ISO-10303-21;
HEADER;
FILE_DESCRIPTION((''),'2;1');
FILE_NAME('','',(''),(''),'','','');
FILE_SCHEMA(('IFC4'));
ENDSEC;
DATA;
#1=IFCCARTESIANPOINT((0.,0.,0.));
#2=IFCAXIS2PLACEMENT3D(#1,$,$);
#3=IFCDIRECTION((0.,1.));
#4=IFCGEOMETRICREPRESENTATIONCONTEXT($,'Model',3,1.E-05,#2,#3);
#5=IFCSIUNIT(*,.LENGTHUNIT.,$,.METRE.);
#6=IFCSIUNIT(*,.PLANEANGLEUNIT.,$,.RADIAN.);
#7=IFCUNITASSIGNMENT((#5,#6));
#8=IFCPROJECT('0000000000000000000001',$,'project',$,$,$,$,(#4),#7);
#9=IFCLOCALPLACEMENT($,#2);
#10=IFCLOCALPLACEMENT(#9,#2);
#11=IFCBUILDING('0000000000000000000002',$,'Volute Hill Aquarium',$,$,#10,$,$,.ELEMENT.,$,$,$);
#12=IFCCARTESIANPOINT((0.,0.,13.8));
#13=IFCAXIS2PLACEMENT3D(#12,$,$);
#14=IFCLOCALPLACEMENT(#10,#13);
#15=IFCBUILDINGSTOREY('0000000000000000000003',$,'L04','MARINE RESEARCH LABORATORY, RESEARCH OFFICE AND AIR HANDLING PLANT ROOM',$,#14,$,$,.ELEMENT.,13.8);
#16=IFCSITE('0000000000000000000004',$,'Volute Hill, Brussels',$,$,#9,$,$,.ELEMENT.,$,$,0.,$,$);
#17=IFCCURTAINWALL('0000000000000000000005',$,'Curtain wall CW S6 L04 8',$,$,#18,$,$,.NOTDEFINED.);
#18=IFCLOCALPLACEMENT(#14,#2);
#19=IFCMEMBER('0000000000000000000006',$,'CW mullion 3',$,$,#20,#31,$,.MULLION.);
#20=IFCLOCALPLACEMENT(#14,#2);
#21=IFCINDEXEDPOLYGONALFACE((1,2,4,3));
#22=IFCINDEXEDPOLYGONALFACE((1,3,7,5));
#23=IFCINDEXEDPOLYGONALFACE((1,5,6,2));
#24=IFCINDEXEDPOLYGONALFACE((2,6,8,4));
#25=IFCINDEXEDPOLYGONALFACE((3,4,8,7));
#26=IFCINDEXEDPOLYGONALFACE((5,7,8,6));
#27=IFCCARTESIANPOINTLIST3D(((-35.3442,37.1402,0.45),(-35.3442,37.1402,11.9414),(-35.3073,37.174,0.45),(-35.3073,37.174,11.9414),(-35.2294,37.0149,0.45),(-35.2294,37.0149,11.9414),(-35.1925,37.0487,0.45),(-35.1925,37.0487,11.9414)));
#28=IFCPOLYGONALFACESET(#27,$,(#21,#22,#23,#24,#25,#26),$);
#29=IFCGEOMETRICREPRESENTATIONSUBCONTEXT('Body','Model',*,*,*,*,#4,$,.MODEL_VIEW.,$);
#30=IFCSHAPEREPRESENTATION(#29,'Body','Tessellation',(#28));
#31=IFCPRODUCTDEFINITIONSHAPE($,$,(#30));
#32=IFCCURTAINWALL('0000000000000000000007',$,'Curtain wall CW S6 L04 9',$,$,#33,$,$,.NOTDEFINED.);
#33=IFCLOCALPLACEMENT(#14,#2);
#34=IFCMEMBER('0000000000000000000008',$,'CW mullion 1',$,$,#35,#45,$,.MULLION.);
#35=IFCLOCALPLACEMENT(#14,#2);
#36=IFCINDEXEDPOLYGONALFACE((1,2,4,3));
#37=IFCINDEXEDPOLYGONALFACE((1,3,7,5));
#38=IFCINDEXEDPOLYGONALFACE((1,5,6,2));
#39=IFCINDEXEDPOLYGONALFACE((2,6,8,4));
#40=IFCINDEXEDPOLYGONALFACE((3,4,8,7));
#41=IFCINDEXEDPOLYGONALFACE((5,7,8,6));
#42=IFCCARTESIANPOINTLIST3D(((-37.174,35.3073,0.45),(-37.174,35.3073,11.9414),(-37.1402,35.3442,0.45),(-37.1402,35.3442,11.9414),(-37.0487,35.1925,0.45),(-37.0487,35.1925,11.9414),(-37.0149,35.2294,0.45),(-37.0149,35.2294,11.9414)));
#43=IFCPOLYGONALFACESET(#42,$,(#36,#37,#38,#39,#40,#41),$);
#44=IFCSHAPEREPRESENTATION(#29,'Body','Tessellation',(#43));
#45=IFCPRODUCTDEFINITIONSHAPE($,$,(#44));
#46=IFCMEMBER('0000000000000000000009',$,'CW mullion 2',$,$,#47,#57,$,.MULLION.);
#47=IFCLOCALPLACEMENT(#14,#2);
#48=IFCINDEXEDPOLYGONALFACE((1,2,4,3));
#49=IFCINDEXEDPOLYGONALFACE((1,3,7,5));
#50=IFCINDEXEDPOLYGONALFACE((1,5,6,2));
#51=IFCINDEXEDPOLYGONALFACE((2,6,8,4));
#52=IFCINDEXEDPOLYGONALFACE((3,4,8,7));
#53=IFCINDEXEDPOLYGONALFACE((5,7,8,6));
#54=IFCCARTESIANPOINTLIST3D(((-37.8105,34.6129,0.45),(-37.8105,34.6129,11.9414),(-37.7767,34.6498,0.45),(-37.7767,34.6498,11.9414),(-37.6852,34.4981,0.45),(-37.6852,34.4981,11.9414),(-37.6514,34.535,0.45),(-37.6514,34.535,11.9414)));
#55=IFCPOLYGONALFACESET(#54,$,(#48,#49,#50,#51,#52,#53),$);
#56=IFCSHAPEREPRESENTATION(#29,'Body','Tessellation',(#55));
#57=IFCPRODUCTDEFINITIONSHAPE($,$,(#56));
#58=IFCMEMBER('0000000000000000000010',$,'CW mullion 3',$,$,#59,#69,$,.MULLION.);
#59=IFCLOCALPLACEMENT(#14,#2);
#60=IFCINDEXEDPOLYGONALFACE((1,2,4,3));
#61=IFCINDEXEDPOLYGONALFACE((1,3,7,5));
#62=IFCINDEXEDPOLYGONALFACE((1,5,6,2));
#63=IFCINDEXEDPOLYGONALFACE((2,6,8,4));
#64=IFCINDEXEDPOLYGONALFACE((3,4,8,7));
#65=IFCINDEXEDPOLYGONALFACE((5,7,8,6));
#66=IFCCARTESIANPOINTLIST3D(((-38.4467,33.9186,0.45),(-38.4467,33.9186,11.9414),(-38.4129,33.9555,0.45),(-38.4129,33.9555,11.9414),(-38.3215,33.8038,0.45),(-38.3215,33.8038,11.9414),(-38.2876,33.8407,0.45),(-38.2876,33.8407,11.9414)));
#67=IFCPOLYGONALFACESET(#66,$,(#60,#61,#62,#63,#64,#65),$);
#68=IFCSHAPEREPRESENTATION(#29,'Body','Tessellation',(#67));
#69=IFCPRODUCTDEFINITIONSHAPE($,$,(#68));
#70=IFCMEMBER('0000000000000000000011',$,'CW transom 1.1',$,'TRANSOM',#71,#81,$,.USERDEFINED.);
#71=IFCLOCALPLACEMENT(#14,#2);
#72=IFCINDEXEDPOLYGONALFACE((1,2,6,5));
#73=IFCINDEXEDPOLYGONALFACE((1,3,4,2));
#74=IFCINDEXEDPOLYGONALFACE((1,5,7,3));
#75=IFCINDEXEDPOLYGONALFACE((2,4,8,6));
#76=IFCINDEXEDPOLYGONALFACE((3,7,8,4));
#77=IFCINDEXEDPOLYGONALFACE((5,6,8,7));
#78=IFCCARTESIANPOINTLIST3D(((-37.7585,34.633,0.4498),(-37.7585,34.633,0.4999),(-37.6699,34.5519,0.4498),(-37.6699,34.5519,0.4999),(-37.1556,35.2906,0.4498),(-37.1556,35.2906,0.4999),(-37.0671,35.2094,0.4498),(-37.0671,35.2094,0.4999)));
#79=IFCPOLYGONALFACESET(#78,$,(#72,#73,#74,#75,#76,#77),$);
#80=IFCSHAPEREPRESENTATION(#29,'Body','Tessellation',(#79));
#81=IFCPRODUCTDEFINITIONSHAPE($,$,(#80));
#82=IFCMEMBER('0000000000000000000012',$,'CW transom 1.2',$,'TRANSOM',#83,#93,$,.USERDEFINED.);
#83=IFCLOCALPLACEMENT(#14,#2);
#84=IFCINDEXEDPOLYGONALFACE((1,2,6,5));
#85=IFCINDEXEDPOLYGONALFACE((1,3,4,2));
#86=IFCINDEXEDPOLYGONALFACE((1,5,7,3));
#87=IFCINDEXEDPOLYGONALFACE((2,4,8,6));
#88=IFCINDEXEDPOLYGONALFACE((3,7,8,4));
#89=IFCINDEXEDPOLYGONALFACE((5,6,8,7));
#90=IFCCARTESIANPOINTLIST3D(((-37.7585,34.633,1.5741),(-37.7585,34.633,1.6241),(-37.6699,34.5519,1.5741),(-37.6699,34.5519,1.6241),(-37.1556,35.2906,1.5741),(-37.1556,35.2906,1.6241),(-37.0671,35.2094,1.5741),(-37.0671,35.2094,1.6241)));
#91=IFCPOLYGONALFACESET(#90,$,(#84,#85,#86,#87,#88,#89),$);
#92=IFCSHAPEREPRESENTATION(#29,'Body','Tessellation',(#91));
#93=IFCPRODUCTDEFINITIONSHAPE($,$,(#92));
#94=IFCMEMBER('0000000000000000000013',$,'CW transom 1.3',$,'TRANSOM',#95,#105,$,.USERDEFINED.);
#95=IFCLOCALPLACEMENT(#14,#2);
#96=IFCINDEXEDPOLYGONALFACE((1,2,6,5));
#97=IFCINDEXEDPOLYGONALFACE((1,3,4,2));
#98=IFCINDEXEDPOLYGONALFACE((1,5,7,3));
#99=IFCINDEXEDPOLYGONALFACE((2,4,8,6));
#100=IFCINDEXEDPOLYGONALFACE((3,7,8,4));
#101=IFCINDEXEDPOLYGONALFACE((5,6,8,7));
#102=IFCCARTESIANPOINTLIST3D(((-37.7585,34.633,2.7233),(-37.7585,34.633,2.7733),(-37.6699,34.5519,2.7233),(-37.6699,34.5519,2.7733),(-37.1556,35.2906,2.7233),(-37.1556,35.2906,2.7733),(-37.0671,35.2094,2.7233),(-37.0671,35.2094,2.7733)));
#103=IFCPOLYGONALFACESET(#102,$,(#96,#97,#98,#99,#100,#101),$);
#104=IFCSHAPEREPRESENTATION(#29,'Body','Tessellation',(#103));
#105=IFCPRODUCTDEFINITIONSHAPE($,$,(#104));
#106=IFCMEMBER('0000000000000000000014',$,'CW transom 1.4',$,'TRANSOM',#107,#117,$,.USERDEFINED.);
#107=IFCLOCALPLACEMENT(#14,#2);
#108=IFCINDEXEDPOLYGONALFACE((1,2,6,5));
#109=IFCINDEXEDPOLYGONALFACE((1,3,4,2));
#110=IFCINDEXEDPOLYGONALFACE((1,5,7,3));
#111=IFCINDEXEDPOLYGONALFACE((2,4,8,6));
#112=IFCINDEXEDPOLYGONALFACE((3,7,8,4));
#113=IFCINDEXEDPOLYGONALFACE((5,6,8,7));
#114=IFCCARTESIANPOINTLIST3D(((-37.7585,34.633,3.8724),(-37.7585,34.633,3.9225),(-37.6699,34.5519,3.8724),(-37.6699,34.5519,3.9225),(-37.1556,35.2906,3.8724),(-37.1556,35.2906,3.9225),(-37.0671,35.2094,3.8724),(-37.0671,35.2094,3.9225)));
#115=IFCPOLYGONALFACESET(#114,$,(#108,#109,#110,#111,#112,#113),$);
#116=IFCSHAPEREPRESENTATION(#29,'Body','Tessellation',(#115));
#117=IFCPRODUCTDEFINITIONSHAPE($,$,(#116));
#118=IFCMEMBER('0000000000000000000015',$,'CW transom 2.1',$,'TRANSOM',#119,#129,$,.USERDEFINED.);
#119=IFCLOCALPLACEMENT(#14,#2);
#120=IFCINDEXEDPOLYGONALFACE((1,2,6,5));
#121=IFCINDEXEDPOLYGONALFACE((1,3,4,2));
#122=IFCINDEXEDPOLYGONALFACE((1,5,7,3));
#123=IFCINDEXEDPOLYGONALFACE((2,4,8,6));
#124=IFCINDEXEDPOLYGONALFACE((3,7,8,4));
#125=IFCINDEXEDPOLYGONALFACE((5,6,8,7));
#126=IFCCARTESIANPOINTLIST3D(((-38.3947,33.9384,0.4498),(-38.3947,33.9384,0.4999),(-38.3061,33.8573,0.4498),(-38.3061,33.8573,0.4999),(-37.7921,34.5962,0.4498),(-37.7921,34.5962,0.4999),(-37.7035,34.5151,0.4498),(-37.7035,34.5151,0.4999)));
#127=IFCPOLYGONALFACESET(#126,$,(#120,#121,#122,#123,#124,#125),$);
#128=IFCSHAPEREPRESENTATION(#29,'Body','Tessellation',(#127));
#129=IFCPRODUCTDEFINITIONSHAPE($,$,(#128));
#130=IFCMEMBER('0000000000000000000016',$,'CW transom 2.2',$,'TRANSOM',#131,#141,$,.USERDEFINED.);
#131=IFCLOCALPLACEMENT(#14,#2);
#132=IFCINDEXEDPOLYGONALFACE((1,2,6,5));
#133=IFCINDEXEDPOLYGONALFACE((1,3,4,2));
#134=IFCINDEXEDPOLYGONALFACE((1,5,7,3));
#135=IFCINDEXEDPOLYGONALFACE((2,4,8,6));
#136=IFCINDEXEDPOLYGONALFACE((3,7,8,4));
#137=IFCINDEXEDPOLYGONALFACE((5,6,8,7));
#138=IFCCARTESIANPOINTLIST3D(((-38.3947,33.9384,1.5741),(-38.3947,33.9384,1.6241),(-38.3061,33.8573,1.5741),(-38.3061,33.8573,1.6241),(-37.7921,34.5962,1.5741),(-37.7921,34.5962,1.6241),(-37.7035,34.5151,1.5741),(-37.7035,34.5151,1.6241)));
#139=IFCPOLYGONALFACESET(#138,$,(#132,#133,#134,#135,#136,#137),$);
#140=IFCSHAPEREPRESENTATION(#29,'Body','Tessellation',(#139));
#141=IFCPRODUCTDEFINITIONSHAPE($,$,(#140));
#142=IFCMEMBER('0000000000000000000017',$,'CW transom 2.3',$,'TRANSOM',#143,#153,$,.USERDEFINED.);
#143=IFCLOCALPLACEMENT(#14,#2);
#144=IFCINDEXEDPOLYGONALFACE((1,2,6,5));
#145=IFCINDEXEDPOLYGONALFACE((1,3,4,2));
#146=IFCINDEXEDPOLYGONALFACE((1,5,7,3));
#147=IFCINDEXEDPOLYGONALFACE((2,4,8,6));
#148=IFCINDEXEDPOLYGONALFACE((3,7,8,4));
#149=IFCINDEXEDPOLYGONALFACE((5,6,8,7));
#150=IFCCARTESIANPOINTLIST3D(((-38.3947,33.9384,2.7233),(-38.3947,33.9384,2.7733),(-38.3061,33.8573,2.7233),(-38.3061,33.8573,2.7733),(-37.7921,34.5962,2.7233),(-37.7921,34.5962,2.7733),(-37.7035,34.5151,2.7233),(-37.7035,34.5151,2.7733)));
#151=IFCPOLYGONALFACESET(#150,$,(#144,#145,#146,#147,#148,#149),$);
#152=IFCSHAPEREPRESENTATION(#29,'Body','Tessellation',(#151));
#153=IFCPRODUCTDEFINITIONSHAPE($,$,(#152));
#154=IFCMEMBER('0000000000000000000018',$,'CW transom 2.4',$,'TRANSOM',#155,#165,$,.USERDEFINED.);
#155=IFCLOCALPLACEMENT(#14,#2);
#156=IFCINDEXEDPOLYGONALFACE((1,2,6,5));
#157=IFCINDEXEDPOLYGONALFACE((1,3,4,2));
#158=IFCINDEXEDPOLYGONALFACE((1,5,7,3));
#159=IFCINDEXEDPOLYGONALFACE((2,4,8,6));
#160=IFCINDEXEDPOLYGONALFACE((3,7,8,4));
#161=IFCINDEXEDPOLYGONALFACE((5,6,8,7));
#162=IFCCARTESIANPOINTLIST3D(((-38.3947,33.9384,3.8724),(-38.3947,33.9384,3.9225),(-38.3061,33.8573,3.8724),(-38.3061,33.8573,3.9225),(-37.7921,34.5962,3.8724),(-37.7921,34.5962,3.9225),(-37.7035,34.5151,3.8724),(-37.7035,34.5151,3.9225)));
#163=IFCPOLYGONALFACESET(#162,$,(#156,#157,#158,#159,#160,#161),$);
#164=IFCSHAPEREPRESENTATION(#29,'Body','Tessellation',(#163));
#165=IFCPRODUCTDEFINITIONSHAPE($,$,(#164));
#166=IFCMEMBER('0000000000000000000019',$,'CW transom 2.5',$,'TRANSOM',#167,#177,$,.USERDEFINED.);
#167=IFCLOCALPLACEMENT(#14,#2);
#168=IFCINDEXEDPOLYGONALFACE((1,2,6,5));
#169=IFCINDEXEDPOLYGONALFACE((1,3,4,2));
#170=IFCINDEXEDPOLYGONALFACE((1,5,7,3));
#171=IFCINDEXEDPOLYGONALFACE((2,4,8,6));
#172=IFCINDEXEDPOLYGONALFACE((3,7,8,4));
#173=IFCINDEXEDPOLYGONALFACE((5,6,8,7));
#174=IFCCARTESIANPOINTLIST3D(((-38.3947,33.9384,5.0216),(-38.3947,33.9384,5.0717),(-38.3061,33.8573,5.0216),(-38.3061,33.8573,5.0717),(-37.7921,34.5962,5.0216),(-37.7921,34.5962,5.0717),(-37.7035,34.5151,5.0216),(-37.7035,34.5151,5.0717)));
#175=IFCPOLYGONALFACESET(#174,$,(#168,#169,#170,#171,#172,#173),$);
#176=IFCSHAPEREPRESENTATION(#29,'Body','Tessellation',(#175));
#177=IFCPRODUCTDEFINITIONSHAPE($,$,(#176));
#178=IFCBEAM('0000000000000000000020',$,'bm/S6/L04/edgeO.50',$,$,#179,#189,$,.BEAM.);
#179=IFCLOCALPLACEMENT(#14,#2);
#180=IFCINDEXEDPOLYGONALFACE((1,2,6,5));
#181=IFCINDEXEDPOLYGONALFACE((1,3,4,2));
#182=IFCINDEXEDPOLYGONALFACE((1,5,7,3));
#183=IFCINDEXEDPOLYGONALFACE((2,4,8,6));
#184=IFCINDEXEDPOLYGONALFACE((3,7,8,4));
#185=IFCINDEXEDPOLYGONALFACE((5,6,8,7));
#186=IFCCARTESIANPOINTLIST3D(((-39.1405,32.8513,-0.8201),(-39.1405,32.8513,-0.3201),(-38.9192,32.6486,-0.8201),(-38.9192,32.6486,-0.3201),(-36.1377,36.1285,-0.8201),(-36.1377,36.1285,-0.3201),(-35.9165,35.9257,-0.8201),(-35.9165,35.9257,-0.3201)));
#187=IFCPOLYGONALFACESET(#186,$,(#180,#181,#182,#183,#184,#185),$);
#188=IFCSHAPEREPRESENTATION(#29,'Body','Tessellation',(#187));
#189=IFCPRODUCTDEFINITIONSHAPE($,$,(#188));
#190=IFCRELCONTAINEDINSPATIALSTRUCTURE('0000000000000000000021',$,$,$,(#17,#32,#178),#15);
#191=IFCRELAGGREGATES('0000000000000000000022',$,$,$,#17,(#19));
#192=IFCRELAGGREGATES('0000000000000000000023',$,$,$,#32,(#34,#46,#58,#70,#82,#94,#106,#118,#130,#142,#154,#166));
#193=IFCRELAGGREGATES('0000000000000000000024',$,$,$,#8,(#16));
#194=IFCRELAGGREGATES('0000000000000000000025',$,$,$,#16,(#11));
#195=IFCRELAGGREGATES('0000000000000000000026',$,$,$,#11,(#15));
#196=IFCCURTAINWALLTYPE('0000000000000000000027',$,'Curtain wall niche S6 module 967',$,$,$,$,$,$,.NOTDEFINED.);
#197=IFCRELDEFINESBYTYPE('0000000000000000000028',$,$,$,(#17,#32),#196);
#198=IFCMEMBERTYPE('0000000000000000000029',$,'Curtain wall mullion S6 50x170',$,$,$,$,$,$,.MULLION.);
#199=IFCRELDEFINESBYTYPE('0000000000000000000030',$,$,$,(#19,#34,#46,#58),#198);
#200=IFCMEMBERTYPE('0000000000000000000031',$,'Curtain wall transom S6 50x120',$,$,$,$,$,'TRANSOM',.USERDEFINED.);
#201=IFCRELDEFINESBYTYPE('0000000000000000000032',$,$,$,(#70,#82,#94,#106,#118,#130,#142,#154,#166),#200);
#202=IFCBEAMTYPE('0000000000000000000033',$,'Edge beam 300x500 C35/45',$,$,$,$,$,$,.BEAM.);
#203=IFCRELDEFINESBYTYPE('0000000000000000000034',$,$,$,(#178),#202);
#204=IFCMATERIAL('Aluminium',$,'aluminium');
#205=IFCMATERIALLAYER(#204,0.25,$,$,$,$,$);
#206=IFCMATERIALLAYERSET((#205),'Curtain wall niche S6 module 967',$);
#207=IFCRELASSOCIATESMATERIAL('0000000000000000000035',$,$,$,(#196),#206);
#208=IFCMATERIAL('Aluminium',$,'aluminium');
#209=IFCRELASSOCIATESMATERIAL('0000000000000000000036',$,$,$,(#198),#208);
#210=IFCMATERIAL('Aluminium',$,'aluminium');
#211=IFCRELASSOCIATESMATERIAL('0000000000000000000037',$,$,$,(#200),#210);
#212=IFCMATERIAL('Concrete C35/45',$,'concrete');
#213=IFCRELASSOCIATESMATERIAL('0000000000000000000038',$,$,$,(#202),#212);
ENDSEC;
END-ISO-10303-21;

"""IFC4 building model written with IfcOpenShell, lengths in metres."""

from ifc_helpers import new_model, si_unit, direction, frame, origin, origin_2d, place, context, subcontext, project, spatial, rectangle, extrude, material, layer, layer_set, material_profile, profile_set, type_object, element, aggregate, save


model = new_model("IFC4")

# Units and contexts
model_context = context("Model", 3, precision=1e-05, world=origin(), true_north=direction((0.0, 1.0)))
body_context = subcontext(model_context, "Body", "Model", "MODEL_VIEW")
ifc_project = project(units=[si_unit("LENGTHUNIT", "METRE"), si_unit("PLANEANGLEUNIT", "RADIAN")], contexts=[model_context])

# Site, building, storey
site_placement = place(None, origin())
site = spatial("IfcSite", under=ifc_project, at=site_placement, Name="Volute Hill, Brussels", CompositionType="ELEMENT", RefElevation=0.0)
building_placement = place(site_placement, origin())
building = spatial("IfcBuilding", under=site, at=building_placement, Name="Volute Hill Aquarium", CompositionType="ELEMENT")
storey_placement = place(building_placement, frame((0.0, 0.0, 13.8)))
storey = spatial("IfcBuildingStorey", under=building, at=storey_placement, Name="L04", Description="MARINE RESEARCH LABORATORY, RESEARCH OFFICE AND AIR HANDLING PLANT ROOM", CompositionType="ELEMENT", Elevation=13.8)

# Curtain wall, member
ifc_material_1 = material(Name="Aluminium", Category="aluminium")
ifc_layer_1 = layer(ifc_material_1, 0.25)
ifc_layer_set_1 = layer_set([ifc_layer_1], Name="Curtain wall niche S6 module 967")
curtain_wall_type = type_object("IfcCurtainWallType", Name="Curtain wall niche S6 module 967", PredefinedType="NOTDEFINED", material=ifc_layer_set_1)
curtain_wall_1_placement = place(storey_placement, origin())
curtain_wall_1 = element("IfcCurtainWall", 1, at=curtain_wall_1_placement, inside=storey, type_object=curtain_wall_type, Name="Curtain wall CW S6 L04 8", PredefinedType="NOTDEFINED")
ifc_material_2 = material(Name="Aluminium", Category="aluminium")
ifc_material_profile_1 = material_profile(ifc_material_2, rectangle(XDim=0.1699, YDim=0.05, at=origin_2d()), Name="Curtain wall mullion S6 50x170")
ifc_profile_set_1 = profile_set([ifc_material_profile_1], Name="Aluminium")
member_type_1 = type_object("IfcMemberType", Name="Curtain wall mullion S6 50x170", PredefinedType="MULLION", material=ifc_profile_set_1)
member_1_placement = place(storey_placement, frame((-35.2683, 37.0945, 0.45), z_axis=(0.0, 0.0, 1.0), x_axis=(0.675582, -0.737285, 0.0)))
member_1 = element("IfcMember", 2, at=member_1_placement, type_object=member_type_1, Name="CW mullion 3", PredefinedType="MULLION", context=body_context, shape_type="SweptSolid", body=[
    extrude(rectangle(XDim=0.1699, YDim=0.05, at=origin_2d()), origin(), (0.0, 0.0, 1.0), 11.4915),
])
aggregate(curtain_wall_1, [member_1])

# Curtain wall, members
curtain_wall_2_placement = place(storey_placement, origin())
curtain_wall_2 = element("IfcCurtainWall", 3, at=curtain_wall_2_placement, inside=storey, type_object=curtain_wall_type, Name="Curtain wall CW S6 L04 9", PredefinedType="NOTDEFINED")
member_2_placement = place(storey_placement, frame((-37.0945, 35.2683, 0.45), z_axis=(0.0, 0.0, 1.0), x_axis=(0.737285, -0.675582, 0.0)))
member_2 = element("IfcMember", 4, at=member_2_placement, type_object=member_type_1, Name="CW mullion 1", PredefinedType="MULLION", context=body_context, shape_type="SweptSolid", body=[
    extrude(rectangle(XDim=0.1699, YDim=0.05, at=origin_2d()), origin(), (0.0, 0.0, 1.0), 11.4915),
])
member_3_placement = place(storey_placement, frame((-37.731, 34.574, 0.45), z_axis=(0.0, 0.0, 1.0), x_axis=(0.737285, -0.675582, 0.0)))
member_3 = element("IfcMember", 5, at=member_3_placement, type_object=member_type_1, Name="CW mullion 2", PredefinedType="MULLION", context=body_context, shape_type="SweptSolid", body=[
    extrude(rectangle(XDim=0.1699, YDim=0.05, at=origin_2d()), origin(), (0.0, 0.0, 1.0), 11.4915),
])
member_4_placement = place(storey_placement, frame((-38.3672, 33.8796, 0.45), z_axis=(0.0, 0.0, 1.0), x_axis=(0.737285, -0.675582, 0.0)))
member_4 = element("IfcMember", 6, at=member_4_placement, type_object=member_type_1, Name="CW mullion 3", PredefinedType="MULLION", context=body_context, shape_type="SweptSolid", body=[
    extrude(rectangle(XDim=0.1699, YDim=0.05, at=origin_2d()), origin(), (0.0, 0.0, 1.0), 11.4915),
])
ifc_material_3 = material(Name="Aluminium", Category="aluminium")
ifc_material_profile_2 = material_profile(ifc_material_3, rectangle(XDim=0.1201, YDim=0.05, at=origin_2d()), Name="Curtain wall transom S6 50x120")
ifc_profile_set_2 = profile_set([ifc_material_profile_2], Name="Aluminium")
member_type_2 = type_object("IfcMemberType", Name="Curtain wall transom S6 50x120", ElementType="TRANSOM", PredefinedType="USERDEFINED", material=ifc_profile_set_2)
member_5_placement = place(storey_placement, frame((-37.1113, 35.25, 0.4749), z_axis=(-0.675787, -0.737097, 0.0), x_axis=(0.737097, -0.675787, 0.0)))
member_5 = element("IfcMember", 7, at=member_5_placement, type_object=member_type_2, Name="CW transom 1.1", ObjectType="TRANSOM", PredefinedType="USERDEFINED", context=body_context, shape_type="SweptSolid", body=[
    extrude(rectangle(XDim=0.1201, YDim=0.05, at=origin_2d()), origin(), (0.0, 0.0, 1.0), 0.8921),
])
member_6_placement = place(storey_placement, frame((-37.1113, 35.25, 1.5991), z_axis=(-0.675787, -0.737097, 0.0), x_axis=(0.737097, -0.675787, 0.0)))
member_6 = element("IfcMember", 8, at=member_6_placement, type_object=member_type_2, Name="CW transom 1.2", ObjectType="TRANSOM", PredefinedType="USERDEFINED", context=body_context, shape_type="SweptSolid", body=[
    extrude(rectangle(XDim=0.1201, YDim=0.05, at=origin_2d()), origin(), (0.0, 0.0, 1.0), 0.8921),
])
member_7_placement = place(storey_placement, frame((-37.1113, 35.25, 2.7483), z_axis=(-0.675787, -0.737097, 0.0), x_axis=(0.737097, -0.675787, 0.0)))
member_7 = element("IfcMember", 9, at=member_7_placement, type_object=member_type_2, Name="CW transom 1.3", ObjectType="TRANSOM", PredefinedType="USERDEFINED", context=body_context, shape_type="SweptSolid", body=[
    extrude(rectangle(XDim=0.1201, YDim=0.05, at=origin_2d()), origin(), (0.0, 0.0, 1.0), 0.8921),
])
member_8_placement = place(storey_placement, frame((-37.1113, 35.25, 3.8975), z_axis=(-0.675787, -0.737097, 0.0), x_axis=(0.737097, -0.675787, 0.0)))
member_8 = element("IfcMember", 10, at=member_8_placement, type_object=member_type_2, Name="CW transom 1.4", ObjectType="TRANSOM", PredefinedType="USERDEFINED", context=body_context, shape_type="SweptSolid", body=[
    extrude(rectangle(XDim=0.1201, YDim=0.05, at=origin_2d()), origin(), (0.0, 0.0, 1.0), 0.8921),
])
member_9_placement = place(storey_placement, frame((-37.7478, 34.5557, 0.4749), z_axis=(-0.675502, -0.737359, 0.0), x_axis=(0.737359, -0.675502, 0.0)))
member_9 = element("IfcMember", 11, at=member_9_placement, type_object=member_type_2, Name="CW transom 2.1", ObjectType="TRANSOM", PredefinedType="USERDEFINED", context=body_context, shape_type="SweptSolid", body=[
    extrude(rectangle(XDim=0.1201, YDim=0.05, at=origin_2d()), origin(), (0.0, 0.0, 1.0), 0.8921),
])
member_10_placement = place(storey_placement, frame((-37.7478, 34.5557, 1.5991), z_axis=(-0.675502, -0.737359, 0.0), x_axis=(0.737359, -0.675502, 0.0)))
member_10 = element("IfcMember", 12, at=member_10_placement, type_object=member_type_2, Name="CW transom 2.2", ObjectType="TRANSOM", PredefinedType="USERDEFINED", context=body_context, shape_type="SweptSolid", body=[
    extrude(rectangle(XDim=0.1201, YDim=0.05, at=origin_2d()), origin(), (0.0, 0.0, 1.0), 0.8921),
])
member_11_placement = place(storey_placement, frame((-37.7478, 34.5557, 2.7483), z_axis=(-0.675502, -0.737359, 0.0), x_axis=(0.737359, -0.675502, 0.0)))
member_11 = element("IfcMember", 13, at=member_11_placement, type_object=member_type_2, Name="CW transom 2.3", ObjectType="TRANSOM", PredefinedType="USERDEFINED", context=body_context, shape_type="SweptSolid", body=[
    extrude(rectangle(XDim=0.1201, YDim=0.05, at=origin_2d()), origin(), (0.0, 0.0, 1.0), 0.8921),
])
member_12_placement = place(storey_placement, frame((-37.7478, 34.5557, 3.8975), z_axis=(-0.675502, -0.737359, 0.0), x_axis=(0.737359, -0.675502, 0.0)))
member_12 = element("IfcMember", 14, at=member_12_placement, type_object=member_type_2, Name="CW transom 2.4", ObjectType="TRANSOM", PredefinedType="USERDEFINED", context=body_context, shape_type="SweptSolid", body=[
    extrude(rectangle(XDim=0.1201, YDim=0.05, at=origin_2d()), origin(), (0.0, 0.0, 1.0), 0.8921),
])
member_13_placement = place(storey_placement, frame((-37.7478, 34.5557, 5.0466), z_axis=(-0.675502, -0.737359, 0.0), x_axis=(0.737359, -0.675502, 0.0)))
member_13 = element("IfcMember", 15, at=member_13_placement, type_object=member_type_2, Name="CW transom 2.5", ObjectType="TRANSOM", PredefinedType="USERDEFINED", context=body_context, shape_type="SweptSolid", body=[
    extrude(rectangle(XDim=0.1201, YDim=0.05, at=origin_2d()), origin(), (0.0, 0.0, 1.0), 0.8921),
])

# Beam
ifc_material_4 = material(Name="Concrete C35/45", Category="concrete")
ifc_material_profile_3 = material_profile(ifc_material_4, rectangle(XDim=0.3, YDim=0.5, at=origin_2d()), Name="RC edge beam 300x500")
ifc_profile_set_3 = profile_set([ifc_material_profile_3], Name="Concrete C35/45")
beam_type_1 = type_object("IfcBeamType", Name="Edge beam 300x500 C35/45", PredefinedType="BEAM", material=ifc_profile_set_3)
beam_1_placement = place(storey_placement, frame((-36.0271, 36.0271, -0.5701), z_axis=(-0.675563, -0.737302, 0.0), x_axis=(0.737302, -0.675563, 0.0)))
element("IfcBeam", 16, at=beam_1_placement, inside=storey, type_object=beam_type_1, Name="bm/S6/L04/edgeO.50", PredefinedType="BEAM", context=body_context, shape_type="SweptSolid", body=[
    extrude(rectangle(XDim=0.3, YDim=0.5, at=origin_2d()), origin(), (0.0, 0.0, 1.0), 4.4448),
])

aggregate(curtain_wall_2, [member_2, member_3, member_4, member_5, member_6, member_7, member_8, member_9, member_10, member_11, member_12, member_13])

save(model, "model.ifc")
